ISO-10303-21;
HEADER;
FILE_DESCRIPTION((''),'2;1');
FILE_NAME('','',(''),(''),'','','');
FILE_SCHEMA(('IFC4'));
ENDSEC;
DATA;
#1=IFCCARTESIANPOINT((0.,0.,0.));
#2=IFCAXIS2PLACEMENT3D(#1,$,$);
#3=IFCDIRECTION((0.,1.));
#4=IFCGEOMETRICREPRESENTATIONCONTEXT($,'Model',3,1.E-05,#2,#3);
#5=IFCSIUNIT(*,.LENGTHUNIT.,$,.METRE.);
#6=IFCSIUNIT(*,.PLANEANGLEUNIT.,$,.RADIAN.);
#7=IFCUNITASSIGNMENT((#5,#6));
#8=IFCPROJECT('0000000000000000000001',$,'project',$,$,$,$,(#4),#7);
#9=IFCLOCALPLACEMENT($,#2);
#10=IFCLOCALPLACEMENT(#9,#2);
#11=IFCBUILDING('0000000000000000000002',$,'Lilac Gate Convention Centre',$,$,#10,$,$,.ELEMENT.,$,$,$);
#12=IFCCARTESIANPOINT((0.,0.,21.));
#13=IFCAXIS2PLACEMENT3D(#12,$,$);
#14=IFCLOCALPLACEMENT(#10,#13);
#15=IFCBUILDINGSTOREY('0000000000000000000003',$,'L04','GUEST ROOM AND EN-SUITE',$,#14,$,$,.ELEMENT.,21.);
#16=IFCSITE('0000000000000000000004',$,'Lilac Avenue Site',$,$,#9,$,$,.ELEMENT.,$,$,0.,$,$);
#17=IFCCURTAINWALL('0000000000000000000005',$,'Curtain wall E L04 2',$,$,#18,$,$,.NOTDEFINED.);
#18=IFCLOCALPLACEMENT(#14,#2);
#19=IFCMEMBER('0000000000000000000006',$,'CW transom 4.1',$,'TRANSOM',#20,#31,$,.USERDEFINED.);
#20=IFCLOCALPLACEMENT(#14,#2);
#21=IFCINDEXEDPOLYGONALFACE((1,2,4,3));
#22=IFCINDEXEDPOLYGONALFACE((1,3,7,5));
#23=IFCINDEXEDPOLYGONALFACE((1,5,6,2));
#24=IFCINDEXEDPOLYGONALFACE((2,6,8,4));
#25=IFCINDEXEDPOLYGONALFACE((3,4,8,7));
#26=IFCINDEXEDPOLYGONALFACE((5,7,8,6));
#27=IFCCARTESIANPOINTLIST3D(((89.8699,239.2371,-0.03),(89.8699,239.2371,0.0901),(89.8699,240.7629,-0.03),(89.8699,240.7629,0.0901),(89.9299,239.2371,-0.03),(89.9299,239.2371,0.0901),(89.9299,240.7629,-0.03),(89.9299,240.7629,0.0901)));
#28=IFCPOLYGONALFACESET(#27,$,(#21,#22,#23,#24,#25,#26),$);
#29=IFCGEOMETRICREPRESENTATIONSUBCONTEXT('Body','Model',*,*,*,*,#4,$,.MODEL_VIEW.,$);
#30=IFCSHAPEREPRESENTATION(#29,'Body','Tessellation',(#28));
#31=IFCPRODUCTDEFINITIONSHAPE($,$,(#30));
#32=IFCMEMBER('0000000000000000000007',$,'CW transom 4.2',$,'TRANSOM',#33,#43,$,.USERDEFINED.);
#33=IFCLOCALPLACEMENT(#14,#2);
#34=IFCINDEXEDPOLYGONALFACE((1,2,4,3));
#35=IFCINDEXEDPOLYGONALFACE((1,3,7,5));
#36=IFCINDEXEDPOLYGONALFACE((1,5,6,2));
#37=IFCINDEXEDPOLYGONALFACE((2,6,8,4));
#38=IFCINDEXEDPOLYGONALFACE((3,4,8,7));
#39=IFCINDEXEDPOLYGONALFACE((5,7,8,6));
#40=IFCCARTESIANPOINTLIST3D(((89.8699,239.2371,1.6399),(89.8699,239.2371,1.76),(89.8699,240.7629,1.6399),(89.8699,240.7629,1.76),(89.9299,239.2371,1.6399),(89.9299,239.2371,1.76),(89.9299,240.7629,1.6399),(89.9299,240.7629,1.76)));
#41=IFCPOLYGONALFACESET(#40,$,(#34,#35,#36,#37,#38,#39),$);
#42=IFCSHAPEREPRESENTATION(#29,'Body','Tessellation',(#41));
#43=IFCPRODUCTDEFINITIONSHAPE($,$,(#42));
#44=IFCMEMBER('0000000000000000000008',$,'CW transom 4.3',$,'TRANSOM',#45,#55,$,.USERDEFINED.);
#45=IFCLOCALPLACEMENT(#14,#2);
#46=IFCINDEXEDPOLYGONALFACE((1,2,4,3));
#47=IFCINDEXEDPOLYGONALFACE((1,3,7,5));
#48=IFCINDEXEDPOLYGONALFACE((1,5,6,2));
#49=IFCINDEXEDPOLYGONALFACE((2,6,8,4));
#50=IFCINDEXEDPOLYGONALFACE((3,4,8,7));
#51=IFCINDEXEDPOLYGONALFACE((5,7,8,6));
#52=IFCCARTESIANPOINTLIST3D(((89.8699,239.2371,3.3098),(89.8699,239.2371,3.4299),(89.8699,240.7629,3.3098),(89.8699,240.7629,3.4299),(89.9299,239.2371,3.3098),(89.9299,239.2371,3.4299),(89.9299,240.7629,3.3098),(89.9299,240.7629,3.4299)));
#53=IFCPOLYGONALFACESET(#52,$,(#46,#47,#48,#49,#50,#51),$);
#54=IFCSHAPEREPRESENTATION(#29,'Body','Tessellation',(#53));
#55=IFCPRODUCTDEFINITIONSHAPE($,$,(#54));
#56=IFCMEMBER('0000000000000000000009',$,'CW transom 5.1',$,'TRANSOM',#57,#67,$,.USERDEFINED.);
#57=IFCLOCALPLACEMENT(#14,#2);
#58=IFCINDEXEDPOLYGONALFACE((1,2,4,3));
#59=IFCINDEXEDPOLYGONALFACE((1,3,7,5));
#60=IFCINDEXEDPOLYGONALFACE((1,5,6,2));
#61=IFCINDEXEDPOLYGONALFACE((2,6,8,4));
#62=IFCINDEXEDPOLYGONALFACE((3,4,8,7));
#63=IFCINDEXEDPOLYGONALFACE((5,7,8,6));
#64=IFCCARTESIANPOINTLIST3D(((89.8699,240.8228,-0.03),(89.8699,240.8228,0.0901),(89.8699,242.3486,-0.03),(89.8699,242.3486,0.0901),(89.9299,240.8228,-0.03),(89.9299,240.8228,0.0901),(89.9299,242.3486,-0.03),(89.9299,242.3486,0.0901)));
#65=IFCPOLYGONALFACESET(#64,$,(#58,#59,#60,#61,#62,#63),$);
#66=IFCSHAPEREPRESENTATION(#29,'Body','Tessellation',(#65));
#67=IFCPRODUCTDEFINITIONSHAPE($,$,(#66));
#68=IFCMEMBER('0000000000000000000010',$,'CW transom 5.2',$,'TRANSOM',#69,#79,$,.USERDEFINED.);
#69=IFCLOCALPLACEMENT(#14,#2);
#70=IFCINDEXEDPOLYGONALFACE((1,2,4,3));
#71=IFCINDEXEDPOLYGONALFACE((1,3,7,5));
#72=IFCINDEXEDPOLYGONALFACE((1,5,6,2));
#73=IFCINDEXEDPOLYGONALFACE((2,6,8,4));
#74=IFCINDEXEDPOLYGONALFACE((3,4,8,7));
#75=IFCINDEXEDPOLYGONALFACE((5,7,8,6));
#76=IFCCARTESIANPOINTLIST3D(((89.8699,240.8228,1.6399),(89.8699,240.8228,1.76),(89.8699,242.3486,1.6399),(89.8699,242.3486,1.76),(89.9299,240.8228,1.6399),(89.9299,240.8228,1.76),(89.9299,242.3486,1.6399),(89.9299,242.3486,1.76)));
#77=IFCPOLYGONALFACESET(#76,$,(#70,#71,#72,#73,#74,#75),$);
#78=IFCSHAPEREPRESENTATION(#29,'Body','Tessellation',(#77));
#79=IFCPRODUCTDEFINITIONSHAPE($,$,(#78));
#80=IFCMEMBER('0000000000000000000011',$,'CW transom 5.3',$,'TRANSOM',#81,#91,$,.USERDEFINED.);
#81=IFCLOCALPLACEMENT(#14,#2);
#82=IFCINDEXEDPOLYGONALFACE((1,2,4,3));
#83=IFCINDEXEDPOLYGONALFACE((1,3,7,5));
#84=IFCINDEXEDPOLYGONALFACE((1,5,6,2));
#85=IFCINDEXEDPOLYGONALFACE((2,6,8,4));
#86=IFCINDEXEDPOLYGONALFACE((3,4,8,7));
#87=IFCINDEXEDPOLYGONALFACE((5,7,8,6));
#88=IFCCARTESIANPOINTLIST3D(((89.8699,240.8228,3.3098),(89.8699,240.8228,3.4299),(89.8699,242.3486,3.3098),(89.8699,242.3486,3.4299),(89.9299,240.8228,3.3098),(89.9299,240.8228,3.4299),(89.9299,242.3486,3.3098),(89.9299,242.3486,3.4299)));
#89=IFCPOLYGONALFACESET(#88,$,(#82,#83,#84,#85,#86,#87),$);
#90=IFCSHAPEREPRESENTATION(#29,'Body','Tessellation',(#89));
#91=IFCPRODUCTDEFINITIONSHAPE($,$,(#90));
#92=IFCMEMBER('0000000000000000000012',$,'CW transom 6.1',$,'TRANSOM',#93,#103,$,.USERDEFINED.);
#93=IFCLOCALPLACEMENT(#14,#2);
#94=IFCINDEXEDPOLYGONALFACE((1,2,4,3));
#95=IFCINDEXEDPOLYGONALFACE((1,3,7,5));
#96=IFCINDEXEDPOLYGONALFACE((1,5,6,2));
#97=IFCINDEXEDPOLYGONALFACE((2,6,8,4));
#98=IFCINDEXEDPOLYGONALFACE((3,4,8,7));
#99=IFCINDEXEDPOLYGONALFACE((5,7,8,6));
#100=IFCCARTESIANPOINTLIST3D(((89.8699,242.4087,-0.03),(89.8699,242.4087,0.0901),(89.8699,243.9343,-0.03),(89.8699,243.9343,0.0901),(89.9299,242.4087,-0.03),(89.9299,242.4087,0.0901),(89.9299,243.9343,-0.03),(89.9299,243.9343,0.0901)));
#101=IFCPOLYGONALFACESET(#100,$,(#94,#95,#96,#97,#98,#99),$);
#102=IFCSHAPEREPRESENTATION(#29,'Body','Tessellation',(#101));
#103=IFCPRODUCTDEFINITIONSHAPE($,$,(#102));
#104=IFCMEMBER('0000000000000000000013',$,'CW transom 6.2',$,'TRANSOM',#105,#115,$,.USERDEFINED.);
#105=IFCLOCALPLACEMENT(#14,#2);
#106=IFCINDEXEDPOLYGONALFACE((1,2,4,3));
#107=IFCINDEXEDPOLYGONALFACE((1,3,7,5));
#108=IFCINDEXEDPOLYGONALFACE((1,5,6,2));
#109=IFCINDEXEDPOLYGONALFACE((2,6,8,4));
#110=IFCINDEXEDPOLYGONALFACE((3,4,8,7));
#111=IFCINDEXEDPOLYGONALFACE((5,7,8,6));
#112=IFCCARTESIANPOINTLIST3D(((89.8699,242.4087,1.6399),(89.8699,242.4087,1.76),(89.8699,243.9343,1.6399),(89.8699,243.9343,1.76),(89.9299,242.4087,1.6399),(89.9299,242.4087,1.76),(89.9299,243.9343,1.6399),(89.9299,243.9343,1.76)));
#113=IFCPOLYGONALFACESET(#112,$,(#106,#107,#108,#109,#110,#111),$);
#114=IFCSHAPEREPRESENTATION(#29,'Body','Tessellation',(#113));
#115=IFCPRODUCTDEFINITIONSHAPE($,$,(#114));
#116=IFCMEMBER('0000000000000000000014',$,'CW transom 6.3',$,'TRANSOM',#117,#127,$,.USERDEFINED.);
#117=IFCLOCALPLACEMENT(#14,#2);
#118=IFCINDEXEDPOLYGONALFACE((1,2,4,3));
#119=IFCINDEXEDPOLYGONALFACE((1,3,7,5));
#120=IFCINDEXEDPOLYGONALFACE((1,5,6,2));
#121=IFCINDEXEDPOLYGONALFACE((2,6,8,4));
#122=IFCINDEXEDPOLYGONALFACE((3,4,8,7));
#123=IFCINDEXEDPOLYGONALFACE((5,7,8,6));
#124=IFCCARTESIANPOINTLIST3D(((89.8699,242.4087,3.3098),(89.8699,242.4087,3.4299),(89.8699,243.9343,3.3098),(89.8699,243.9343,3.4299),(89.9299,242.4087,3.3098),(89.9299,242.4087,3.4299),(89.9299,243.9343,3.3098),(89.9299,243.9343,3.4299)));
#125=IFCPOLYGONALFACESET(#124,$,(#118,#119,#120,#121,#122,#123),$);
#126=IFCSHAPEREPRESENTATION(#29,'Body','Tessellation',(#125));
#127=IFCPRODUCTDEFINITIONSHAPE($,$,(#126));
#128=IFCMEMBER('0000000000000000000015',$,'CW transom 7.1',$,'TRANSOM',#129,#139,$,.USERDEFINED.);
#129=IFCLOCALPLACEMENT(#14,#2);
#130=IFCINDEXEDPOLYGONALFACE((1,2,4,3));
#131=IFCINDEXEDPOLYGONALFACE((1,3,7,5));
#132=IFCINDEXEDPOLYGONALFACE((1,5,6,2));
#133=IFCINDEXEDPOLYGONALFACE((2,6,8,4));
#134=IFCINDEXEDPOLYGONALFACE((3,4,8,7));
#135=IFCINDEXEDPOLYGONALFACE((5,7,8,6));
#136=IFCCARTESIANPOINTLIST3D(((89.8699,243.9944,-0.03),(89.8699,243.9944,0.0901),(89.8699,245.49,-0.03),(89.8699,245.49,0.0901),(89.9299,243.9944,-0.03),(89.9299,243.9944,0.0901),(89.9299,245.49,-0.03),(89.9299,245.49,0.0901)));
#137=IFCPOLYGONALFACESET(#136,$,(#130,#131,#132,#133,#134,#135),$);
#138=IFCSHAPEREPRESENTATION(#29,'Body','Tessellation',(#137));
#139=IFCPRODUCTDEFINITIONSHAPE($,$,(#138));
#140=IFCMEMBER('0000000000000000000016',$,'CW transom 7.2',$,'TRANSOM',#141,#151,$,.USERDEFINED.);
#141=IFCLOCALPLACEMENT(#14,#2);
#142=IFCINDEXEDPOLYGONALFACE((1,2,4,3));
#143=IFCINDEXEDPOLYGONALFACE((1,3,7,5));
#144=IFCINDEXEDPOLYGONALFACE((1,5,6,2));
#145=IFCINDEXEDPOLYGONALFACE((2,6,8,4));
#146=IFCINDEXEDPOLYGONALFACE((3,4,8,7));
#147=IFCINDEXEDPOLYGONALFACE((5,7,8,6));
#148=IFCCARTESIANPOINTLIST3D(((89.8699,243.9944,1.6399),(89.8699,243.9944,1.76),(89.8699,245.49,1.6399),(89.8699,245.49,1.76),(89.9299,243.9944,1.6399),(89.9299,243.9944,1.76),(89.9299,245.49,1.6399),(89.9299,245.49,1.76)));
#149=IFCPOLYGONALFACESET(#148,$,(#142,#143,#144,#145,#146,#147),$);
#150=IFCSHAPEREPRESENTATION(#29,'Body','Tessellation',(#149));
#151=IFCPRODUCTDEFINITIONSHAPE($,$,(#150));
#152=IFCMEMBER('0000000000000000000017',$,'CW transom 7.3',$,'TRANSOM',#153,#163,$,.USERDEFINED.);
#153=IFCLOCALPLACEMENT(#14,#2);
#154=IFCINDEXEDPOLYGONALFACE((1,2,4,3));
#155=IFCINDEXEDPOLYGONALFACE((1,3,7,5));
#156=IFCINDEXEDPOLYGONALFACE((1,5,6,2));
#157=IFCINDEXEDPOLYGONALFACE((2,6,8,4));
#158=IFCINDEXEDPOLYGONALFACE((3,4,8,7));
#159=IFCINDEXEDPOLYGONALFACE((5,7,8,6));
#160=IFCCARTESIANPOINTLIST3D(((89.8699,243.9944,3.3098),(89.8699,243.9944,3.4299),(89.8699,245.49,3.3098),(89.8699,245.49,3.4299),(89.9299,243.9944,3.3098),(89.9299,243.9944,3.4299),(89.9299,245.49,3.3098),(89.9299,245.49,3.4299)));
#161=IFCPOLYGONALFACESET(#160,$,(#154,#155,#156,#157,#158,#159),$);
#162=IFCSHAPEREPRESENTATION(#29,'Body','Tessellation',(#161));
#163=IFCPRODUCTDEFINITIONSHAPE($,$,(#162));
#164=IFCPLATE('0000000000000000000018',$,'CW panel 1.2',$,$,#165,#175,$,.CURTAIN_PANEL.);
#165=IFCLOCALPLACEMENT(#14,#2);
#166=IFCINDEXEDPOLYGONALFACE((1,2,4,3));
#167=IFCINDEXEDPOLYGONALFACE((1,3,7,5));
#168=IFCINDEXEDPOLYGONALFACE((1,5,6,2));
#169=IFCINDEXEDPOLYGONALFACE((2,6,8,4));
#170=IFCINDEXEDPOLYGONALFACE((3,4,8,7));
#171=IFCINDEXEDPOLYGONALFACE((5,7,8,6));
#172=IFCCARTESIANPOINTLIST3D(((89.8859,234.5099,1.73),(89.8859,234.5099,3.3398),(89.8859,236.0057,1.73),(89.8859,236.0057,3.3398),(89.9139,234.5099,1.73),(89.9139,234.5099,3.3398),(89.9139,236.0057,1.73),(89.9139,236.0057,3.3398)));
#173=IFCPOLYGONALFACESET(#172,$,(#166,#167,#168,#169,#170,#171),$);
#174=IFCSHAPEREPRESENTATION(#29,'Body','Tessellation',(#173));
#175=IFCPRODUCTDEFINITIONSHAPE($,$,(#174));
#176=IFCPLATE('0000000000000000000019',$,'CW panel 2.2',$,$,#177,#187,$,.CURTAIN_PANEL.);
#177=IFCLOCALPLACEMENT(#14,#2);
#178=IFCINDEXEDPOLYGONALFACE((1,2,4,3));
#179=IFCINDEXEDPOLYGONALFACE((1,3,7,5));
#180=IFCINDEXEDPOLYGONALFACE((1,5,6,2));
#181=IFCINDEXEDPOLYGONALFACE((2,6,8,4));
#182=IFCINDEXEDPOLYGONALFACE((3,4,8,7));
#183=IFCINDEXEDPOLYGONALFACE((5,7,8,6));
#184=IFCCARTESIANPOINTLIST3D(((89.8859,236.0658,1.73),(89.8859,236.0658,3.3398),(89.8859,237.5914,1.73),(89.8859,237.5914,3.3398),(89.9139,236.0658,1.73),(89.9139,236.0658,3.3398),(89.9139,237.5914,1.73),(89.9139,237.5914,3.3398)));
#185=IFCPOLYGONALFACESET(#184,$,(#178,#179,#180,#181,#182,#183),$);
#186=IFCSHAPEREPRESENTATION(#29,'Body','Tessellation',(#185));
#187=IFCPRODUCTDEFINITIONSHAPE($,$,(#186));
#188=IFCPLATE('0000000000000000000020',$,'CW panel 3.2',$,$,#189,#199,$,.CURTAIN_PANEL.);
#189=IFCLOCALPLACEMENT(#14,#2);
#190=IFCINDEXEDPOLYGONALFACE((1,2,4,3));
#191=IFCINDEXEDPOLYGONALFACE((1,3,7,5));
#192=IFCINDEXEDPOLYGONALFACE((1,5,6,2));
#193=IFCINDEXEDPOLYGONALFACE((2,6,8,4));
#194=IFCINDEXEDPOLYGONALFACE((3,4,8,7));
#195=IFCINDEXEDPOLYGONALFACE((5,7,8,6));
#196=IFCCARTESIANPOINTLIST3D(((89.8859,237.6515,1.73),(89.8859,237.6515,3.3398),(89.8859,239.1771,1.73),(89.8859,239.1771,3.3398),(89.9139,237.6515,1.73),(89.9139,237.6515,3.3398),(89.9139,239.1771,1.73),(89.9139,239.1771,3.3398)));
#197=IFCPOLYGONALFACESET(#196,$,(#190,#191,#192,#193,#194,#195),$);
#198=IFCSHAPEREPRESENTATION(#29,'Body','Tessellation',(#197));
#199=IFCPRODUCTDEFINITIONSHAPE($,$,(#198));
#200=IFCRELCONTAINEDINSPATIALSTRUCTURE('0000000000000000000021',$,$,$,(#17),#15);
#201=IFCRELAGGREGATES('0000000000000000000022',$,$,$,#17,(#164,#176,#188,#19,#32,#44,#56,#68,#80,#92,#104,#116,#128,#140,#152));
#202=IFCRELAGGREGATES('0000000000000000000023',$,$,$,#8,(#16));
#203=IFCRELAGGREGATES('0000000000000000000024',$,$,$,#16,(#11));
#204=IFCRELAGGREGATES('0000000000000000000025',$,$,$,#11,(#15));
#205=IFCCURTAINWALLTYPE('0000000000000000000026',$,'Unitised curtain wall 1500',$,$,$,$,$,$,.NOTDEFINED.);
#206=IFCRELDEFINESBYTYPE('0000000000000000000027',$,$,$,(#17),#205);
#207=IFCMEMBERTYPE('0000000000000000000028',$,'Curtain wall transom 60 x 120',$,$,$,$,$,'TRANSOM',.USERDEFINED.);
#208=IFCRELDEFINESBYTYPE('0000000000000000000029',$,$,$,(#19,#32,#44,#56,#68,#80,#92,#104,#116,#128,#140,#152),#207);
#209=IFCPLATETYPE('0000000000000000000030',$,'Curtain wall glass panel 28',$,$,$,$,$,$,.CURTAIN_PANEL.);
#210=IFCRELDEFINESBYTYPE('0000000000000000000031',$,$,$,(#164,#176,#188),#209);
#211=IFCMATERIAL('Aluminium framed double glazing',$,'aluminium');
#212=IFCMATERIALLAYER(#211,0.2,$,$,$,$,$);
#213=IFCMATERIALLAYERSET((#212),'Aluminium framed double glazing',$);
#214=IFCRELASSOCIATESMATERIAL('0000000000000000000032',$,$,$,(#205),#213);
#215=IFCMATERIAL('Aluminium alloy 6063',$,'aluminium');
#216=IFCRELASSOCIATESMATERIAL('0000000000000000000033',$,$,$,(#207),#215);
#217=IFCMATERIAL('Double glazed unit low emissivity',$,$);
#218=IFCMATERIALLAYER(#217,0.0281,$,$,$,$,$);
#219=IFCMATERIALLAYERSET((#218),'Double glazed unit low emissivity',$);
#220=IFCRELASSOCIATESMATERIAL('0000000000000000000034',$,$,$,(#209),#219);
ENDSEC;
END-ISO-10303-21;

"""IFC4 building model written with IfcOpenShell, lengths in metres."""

from ifc_helpers import new_model, si_unit, direction, frame, origin, origin_2d, place, context, subcontext, project, spatial, rectangle, extrude, material, layer, layer_set, material_profile, profile_set, type_object, element, aggregate, save


model = new_model("IFC4")

# Units and contexts
model_context = context("Model", 3, precision=1e-05, world=origin(), true_north=direction((0.0, 1.0)))
body_context = subcontext(model_context, "Body", "Model", "MODEL_VIEW")
ifc_project = project(units=[si_unit("LENGTHUNIT", "METRE"), si_unit("PLANEANGLEUNIT", "RADIAN")], contexts=[model_context])

# Site, building, storey
site_placement = place(None, origin())
site = spatial("IfcSite", under=ifc_project, at=site_placement, Name="Lilac Avenue Site", CompositionType="ELEMENT", RefElevation=0.0)
building_placement = place(site_placement, origin())
building = spatial("IfcBuilding", under=site, at=building_placement, Name="Lilac Gate Convention Centre", CompositionType="ELEMENT")
storey_placement = place(building_placement, frame((0.0, 0.0, 21.0)))
storey = spatial("IfcBuildingStorey", under=building, at=storey_placement, Name="L04", Description="GUEST ROOM AND EN-SUITE", CompositionType="ELEMENT", Elevation=21.0)

# Curtain wall, members, plates
ifc_material_1 = material(Name="Aluminium framed double glazing", Category="aluminium")
ifc_layer_1 = layer(ifc_material_1, 0.2)
ifc_layer_set_1 = layer_set([ifc_layer_1], Name="Aluminium framed double glazing")
curtain_wall_type = type_object("IfcCurtainWallType", Name="Unitised curtain wall 1500", PredefinedType="NOTDEFINED", material=ifc_layer_set_1)
curtain_wall_placement = place(storey_placement, origin())
curtain_wall = element("IfcCurtainWall", 1, at=curtain_wall_placement, inside=storey, type_object=curtain_wall_type, Name="Curtain wall E L04 2", PredefinedType="NOTDEFINED")
ifc_material_2 = material(Name="Aluminium alloy 6063", Category="aluminium")
ifc_material_profile_1 = material_profile(ifc_material_2, rectangle(XDim=0.0601, YDim=0.1201, at=origin_2d()), Name="Curtain wall transom 60 x 120")
ifc_profile_set_1 = profile_set([ifc_material_profile_1], Name="Aluminium alloy 6063")
member_type_1 = type_object("IfcMemberType", Name="Curtain wall transom 60 x 120", ElementType="TRANSOM", PredefinedType="USERDEFINED", material=ifc_profile_set_1)
member_1_placement = place(storey_placement, frame((89.8999, 239.2371, 0.03), z_axis=(0.0, 1.0, 0.0), x_axis=(-1.0, 0.0, 0.0)))
member_1 = element("IfcMember", 2, at=member_1_placement, type_object=member_type_1, Name="CW transom 4.1", ObjectType="TRANSOM", PredefinedType="USERDEFINED", context=body_context, shape_type="SweptSolid", body=[
    extrude(rectangle(XDim=0.0601, YDim=0.1201, at=origin_2d()), origin(), (0.0, 0.0, 1.0), 1.5259),
])
member_2_placement = place(storey_placement, frame((89.8999, 239.2371, 1.7), z_axis=(0.0, 1.0, 0.0), x_axis=(-1.0, 0.0, 0.0)))
member_2 = element("IfcMember", 3, at=member_2_placement, type_object=member_type_1, Name="CW transom 4.2", ObjectType="TRANSOM", PredefinedType="USERDEFINED", context=body_context, shape_type="SweptSolid", body=[
    extrude(rectangle(XDim=0.0601, YDim=0.1201, at=origin_2d()), origin(), (0.0, 0.0, 1.0), 1.5259),
])
member_3_placement = place(storey_placement, frame((89.8999, 239.2371, 3.3699), z_axis=(0.0, 1.0, 0.0), x_axis=(-1.0, 0.0, 0.0)))
member_3 = element("IfcMember", 4, at=member_3_placement, type_object=member_type_1, Name="CW transom 4.3", ObjectType="TRANSOM", PredefinedType="USERDEFINED", context=body_context, shape_type="SweptSolid", body=[
    extrude(rectangle(XDim=0.0601, YDim=0.1201, at=origin_2d()), origin(), (0.0, 0.0, 1.0), 1.5259),
])
member_4_placement = place(storey_placement, frame((89.8999, 240.8228, 0.03), z_axis=(0.0, 1.0, 0.0), x_axis=(-1.0, 0.0, 0.0)))
member_4 = element("IfcMember", 5, at=member_4_placement, type_object=member_type_1, Name="CW transom 5.1", ObjectType="TRANSOM", PredefinedType="USERDEFINED", context=body_context, shape_type="SweptSolid", body=[
    extrude(rectangle(XDim=0.0601, YDim=0.1201, at=origin_2d()), origin(), (0.0, 0.0, 1.0), 1.5259),
])
member_5_placement = place(storey_placement, frame((89.8999, 240.8228, 1.7), z_axis=(0.0, 1.0, 0.0), x_axis=(-1.0, 0.0, 0.0)))
member_5 = element("IfcMember", 6, at=member_5_placement, type_object=member_type_1, Name="CW transom 5.2", ObjectType="TRANSOM", PredefinedType="USERDEFINED", context=body_context, shape_type="SweptSolid", body=[
    extrude(rectangle(XDim=0.0601, YDim=0.1201, at=origin_2d()), origin(), (0.0, 0.0, 1.0), 1.5259),
])
member_6_placement = place(storey_placement, frame((89.8999, 240.8228, 3.3699), z_axis=(0.0, 1.0, 0.0), x_axis=(-1.0, 0.0, 0.0)))
member_6 = element("IfcMember", 7, at=member_6_placement, type_object=member_type_1, Name="CW transom 5.3", ObjectType="TRANSOM", PredefinedType="USERDEFINED", context=body_context, shape_type="SweptSolid", body=[
    extrude(rectangle(XDim=0.0601, YDim=0.1201, at=origin_2d()), origin(), (0.0, 0.0, 1.0), 1.5259),
])
member_7_placement = place(storey_placement, frame((89.8999, 242.4087, 0.03), z_axis=(0.0, 1.0, 0.0), x_axis=(-1.0, 0.0, 0.0)))
member_7 = element("IfcMember", 8, at=member_7_placement, type_object=member_type_1, Name="CW transom 6.1", ObjectType="TRANSOM", PredefinedType="USERDEFINED", context=body_context, shape_type="SweptSolid", body=[
    extrude(rectangle(XDim=0.0601, YDim=0.1201, at=origin_2d()), origin(), (0.0, 0.0, 1.0), 1.5256),
])
member_8_placement = place(storey_placement, frame((89.8999, 242.4087, 1.7), z_axis=(0.0, 1.0, 0.0), x_axis=(-1.0, 0.0, 0.0)))
member_8 = element("IfcMember", 9, at=member_8_placement, type_object=member_type_1, Name="CW transom 6.2", ObjectType="TRANSOM", PredefinedType="USERDEFINED", context=body_context, shape_type="SweptSolid", body=[
    extrude(rectangle(XDim=0.0601, YDim=0.1201, at=origin_2d()), origin(), (0.0, 0.0, 1.0), 1.5256),
])
member_9_placement = place(storey_placement, frame((89.8999, 242.4087, 3.3699), z_axis=(0.0, 1.0, 0.0), x_axis=(-1.0, 0.0, 0.0)))
member_9 = element("IfcMember", 10, at=member_9_placement, type_object=member_type_1, Name="CW transom 6.3", ObjectType="TRANSOM", PredefinedType="USERDEFINED", context=body_context, shape_type="SweptSolid", body=[
    extrude(rectangle(XDim=0.0601, YDim=0.1201, at=origin_2d()), origin(), (0.0, 0.0, 1.0), 1.5256),
])
member_10_placement = place(storey_placement, frame((89.8999, 243.9944, 0.03), z_axis=(0.0, 1.0, 0.0), x_axis=(-1.0, 0.0, 0.0)))
member_10 = element("IfcMember", 11, at=member_10_placement, type_object=member_type_1, Name="CW transom 7.1", ObjectType="TRANSOM", PredefinedType="USERDEFINED", context=body_context, shape_type="SweptSolid", body=[
    extrude(rectangle(XDim=0.0601, YDim=0.1201, at=origin_2d()), origin(), (0.0, 0.0, 1.0), 1.4956),
])
member_11_placement = place(storey_placement, frame((89.8999, 243.9944, 1.7), z_axis=(0.0, 1.0, 0.0), x_axis=(-1.0, 0.0, 0.0)))
member_11 = element("IfcMember", 12, at=member_11_placement, type_object=member_type_1, Name="CW transom 7.2", ObjectType="TRANSOM", PredefinedType="USERDEFINED", context=body_context, shape_type="SweptSolid", body=[
    extrude(rectangle(XDim=0.0601, YDim=0.1201, at=origin_2d()), origin(), (0.0, 0.0, 1.0), 1.4956),
])
member_12_placement = place(storey_placement, frame((89.8999, 243.9944, 3.3699), z_axis=(0.0, 1.0, 0.0), x_axis=(-1.0, 0.0, 0.0)))
member_12 = element("IfcMember", 13, at=member_12_placement, type_object=member_type_1, Name="CW transom 7.3", ObjectType="TRANSOM", PredefinedType="USERDEFINED", context=body_context, shape_type="SweptSolid", body=[
    extrude(rectangle(XDim=0.0601, YDim=0.1201, at=origin_2d()), origin(), (0.0, 0.0, 1.0), 1.4956),
])
ifc_material_3 = material(Name="Double glazed unit low emissivity")
ifc_layer_2 = layer(ifc_material_3, 0.0281)
ifc_layer_set_2 = layer_set([ifc_layer_2], Name="Double glazed unit low emissivity")
plate_type_1 = type_object("IfcPlateType", Name="Curtain wall glass panel 28", PredefinedType="CURTAIN_PANEL", material=ifc_layer_set_2)
plate_1_placement = place(storey_placement, frame((89.8999, 235.2578, 1.73), z_axis=(0.0, 0.0, 1.0), x_axis=(0.0, 1.0, 0.0)))
plate_1 = element("IfcPlate", 14, at=plate_1_placement, type_object=plate_type_1, Name="CW panel 1.2", PredefinedType="CURTAIN_PANEL", context=body_context, shape_type="SweptSolid", body=[
    extrude(rectangle(XDim=1.4958, YDim=0.0281, at=origin_2d()), origin(), (0.0, 0.0, 1.0), 1.6099),
])
plate_2_placement = place(storey_placement, frame((89.8999, 236.8286, 1.73), z_axis=(0.0, 0.0, 1.0), x_axis=(0.0, 1.0, 0.0)))
plate_2 = element("IfcPlate", 15, at=plate_2_placement, type_object=plate_type_1, Name="CW panel 2.2", PredefinedType="CURTAIN_PANEL", context=body_context, shape_type="SweptSolid", body=[
    extrude(rectangle(XDim=1.5256, YDim=0.0281, at=origin_2d()), origin(), (0.0, 0.0, 1.0), 1.6099),
])
plate_3_placement = place(storey_placement, frame((89.8999, 238.4143, 1.73), z_axis=(0.0, 0.0, 1.0), x_axis=(0.0, 1.0, 0.0)))
plate_3 = element("IfcPlate", 16, at=plate_3_placement, type_object=plate_type_1, Name="CW panel 3.2", PredefinedType="CURTAIN_PANEL", context=body_context, shape_type="SweptSolid", body=[
    extrude(rectangle(XDim=1.5256, YDim=0.0281, at=origin_2d()), origin(), (0.0, 0.0, 1.0), 1.6099),
])
aggregate(curtain_wall, [plate_1, plate_2, plate_3, member_1, member_2, member_3, member_4, member_5, member_6, member_7, member_8, member_9, member_10, member_11, member_12])

save(model, "model.ifc")
